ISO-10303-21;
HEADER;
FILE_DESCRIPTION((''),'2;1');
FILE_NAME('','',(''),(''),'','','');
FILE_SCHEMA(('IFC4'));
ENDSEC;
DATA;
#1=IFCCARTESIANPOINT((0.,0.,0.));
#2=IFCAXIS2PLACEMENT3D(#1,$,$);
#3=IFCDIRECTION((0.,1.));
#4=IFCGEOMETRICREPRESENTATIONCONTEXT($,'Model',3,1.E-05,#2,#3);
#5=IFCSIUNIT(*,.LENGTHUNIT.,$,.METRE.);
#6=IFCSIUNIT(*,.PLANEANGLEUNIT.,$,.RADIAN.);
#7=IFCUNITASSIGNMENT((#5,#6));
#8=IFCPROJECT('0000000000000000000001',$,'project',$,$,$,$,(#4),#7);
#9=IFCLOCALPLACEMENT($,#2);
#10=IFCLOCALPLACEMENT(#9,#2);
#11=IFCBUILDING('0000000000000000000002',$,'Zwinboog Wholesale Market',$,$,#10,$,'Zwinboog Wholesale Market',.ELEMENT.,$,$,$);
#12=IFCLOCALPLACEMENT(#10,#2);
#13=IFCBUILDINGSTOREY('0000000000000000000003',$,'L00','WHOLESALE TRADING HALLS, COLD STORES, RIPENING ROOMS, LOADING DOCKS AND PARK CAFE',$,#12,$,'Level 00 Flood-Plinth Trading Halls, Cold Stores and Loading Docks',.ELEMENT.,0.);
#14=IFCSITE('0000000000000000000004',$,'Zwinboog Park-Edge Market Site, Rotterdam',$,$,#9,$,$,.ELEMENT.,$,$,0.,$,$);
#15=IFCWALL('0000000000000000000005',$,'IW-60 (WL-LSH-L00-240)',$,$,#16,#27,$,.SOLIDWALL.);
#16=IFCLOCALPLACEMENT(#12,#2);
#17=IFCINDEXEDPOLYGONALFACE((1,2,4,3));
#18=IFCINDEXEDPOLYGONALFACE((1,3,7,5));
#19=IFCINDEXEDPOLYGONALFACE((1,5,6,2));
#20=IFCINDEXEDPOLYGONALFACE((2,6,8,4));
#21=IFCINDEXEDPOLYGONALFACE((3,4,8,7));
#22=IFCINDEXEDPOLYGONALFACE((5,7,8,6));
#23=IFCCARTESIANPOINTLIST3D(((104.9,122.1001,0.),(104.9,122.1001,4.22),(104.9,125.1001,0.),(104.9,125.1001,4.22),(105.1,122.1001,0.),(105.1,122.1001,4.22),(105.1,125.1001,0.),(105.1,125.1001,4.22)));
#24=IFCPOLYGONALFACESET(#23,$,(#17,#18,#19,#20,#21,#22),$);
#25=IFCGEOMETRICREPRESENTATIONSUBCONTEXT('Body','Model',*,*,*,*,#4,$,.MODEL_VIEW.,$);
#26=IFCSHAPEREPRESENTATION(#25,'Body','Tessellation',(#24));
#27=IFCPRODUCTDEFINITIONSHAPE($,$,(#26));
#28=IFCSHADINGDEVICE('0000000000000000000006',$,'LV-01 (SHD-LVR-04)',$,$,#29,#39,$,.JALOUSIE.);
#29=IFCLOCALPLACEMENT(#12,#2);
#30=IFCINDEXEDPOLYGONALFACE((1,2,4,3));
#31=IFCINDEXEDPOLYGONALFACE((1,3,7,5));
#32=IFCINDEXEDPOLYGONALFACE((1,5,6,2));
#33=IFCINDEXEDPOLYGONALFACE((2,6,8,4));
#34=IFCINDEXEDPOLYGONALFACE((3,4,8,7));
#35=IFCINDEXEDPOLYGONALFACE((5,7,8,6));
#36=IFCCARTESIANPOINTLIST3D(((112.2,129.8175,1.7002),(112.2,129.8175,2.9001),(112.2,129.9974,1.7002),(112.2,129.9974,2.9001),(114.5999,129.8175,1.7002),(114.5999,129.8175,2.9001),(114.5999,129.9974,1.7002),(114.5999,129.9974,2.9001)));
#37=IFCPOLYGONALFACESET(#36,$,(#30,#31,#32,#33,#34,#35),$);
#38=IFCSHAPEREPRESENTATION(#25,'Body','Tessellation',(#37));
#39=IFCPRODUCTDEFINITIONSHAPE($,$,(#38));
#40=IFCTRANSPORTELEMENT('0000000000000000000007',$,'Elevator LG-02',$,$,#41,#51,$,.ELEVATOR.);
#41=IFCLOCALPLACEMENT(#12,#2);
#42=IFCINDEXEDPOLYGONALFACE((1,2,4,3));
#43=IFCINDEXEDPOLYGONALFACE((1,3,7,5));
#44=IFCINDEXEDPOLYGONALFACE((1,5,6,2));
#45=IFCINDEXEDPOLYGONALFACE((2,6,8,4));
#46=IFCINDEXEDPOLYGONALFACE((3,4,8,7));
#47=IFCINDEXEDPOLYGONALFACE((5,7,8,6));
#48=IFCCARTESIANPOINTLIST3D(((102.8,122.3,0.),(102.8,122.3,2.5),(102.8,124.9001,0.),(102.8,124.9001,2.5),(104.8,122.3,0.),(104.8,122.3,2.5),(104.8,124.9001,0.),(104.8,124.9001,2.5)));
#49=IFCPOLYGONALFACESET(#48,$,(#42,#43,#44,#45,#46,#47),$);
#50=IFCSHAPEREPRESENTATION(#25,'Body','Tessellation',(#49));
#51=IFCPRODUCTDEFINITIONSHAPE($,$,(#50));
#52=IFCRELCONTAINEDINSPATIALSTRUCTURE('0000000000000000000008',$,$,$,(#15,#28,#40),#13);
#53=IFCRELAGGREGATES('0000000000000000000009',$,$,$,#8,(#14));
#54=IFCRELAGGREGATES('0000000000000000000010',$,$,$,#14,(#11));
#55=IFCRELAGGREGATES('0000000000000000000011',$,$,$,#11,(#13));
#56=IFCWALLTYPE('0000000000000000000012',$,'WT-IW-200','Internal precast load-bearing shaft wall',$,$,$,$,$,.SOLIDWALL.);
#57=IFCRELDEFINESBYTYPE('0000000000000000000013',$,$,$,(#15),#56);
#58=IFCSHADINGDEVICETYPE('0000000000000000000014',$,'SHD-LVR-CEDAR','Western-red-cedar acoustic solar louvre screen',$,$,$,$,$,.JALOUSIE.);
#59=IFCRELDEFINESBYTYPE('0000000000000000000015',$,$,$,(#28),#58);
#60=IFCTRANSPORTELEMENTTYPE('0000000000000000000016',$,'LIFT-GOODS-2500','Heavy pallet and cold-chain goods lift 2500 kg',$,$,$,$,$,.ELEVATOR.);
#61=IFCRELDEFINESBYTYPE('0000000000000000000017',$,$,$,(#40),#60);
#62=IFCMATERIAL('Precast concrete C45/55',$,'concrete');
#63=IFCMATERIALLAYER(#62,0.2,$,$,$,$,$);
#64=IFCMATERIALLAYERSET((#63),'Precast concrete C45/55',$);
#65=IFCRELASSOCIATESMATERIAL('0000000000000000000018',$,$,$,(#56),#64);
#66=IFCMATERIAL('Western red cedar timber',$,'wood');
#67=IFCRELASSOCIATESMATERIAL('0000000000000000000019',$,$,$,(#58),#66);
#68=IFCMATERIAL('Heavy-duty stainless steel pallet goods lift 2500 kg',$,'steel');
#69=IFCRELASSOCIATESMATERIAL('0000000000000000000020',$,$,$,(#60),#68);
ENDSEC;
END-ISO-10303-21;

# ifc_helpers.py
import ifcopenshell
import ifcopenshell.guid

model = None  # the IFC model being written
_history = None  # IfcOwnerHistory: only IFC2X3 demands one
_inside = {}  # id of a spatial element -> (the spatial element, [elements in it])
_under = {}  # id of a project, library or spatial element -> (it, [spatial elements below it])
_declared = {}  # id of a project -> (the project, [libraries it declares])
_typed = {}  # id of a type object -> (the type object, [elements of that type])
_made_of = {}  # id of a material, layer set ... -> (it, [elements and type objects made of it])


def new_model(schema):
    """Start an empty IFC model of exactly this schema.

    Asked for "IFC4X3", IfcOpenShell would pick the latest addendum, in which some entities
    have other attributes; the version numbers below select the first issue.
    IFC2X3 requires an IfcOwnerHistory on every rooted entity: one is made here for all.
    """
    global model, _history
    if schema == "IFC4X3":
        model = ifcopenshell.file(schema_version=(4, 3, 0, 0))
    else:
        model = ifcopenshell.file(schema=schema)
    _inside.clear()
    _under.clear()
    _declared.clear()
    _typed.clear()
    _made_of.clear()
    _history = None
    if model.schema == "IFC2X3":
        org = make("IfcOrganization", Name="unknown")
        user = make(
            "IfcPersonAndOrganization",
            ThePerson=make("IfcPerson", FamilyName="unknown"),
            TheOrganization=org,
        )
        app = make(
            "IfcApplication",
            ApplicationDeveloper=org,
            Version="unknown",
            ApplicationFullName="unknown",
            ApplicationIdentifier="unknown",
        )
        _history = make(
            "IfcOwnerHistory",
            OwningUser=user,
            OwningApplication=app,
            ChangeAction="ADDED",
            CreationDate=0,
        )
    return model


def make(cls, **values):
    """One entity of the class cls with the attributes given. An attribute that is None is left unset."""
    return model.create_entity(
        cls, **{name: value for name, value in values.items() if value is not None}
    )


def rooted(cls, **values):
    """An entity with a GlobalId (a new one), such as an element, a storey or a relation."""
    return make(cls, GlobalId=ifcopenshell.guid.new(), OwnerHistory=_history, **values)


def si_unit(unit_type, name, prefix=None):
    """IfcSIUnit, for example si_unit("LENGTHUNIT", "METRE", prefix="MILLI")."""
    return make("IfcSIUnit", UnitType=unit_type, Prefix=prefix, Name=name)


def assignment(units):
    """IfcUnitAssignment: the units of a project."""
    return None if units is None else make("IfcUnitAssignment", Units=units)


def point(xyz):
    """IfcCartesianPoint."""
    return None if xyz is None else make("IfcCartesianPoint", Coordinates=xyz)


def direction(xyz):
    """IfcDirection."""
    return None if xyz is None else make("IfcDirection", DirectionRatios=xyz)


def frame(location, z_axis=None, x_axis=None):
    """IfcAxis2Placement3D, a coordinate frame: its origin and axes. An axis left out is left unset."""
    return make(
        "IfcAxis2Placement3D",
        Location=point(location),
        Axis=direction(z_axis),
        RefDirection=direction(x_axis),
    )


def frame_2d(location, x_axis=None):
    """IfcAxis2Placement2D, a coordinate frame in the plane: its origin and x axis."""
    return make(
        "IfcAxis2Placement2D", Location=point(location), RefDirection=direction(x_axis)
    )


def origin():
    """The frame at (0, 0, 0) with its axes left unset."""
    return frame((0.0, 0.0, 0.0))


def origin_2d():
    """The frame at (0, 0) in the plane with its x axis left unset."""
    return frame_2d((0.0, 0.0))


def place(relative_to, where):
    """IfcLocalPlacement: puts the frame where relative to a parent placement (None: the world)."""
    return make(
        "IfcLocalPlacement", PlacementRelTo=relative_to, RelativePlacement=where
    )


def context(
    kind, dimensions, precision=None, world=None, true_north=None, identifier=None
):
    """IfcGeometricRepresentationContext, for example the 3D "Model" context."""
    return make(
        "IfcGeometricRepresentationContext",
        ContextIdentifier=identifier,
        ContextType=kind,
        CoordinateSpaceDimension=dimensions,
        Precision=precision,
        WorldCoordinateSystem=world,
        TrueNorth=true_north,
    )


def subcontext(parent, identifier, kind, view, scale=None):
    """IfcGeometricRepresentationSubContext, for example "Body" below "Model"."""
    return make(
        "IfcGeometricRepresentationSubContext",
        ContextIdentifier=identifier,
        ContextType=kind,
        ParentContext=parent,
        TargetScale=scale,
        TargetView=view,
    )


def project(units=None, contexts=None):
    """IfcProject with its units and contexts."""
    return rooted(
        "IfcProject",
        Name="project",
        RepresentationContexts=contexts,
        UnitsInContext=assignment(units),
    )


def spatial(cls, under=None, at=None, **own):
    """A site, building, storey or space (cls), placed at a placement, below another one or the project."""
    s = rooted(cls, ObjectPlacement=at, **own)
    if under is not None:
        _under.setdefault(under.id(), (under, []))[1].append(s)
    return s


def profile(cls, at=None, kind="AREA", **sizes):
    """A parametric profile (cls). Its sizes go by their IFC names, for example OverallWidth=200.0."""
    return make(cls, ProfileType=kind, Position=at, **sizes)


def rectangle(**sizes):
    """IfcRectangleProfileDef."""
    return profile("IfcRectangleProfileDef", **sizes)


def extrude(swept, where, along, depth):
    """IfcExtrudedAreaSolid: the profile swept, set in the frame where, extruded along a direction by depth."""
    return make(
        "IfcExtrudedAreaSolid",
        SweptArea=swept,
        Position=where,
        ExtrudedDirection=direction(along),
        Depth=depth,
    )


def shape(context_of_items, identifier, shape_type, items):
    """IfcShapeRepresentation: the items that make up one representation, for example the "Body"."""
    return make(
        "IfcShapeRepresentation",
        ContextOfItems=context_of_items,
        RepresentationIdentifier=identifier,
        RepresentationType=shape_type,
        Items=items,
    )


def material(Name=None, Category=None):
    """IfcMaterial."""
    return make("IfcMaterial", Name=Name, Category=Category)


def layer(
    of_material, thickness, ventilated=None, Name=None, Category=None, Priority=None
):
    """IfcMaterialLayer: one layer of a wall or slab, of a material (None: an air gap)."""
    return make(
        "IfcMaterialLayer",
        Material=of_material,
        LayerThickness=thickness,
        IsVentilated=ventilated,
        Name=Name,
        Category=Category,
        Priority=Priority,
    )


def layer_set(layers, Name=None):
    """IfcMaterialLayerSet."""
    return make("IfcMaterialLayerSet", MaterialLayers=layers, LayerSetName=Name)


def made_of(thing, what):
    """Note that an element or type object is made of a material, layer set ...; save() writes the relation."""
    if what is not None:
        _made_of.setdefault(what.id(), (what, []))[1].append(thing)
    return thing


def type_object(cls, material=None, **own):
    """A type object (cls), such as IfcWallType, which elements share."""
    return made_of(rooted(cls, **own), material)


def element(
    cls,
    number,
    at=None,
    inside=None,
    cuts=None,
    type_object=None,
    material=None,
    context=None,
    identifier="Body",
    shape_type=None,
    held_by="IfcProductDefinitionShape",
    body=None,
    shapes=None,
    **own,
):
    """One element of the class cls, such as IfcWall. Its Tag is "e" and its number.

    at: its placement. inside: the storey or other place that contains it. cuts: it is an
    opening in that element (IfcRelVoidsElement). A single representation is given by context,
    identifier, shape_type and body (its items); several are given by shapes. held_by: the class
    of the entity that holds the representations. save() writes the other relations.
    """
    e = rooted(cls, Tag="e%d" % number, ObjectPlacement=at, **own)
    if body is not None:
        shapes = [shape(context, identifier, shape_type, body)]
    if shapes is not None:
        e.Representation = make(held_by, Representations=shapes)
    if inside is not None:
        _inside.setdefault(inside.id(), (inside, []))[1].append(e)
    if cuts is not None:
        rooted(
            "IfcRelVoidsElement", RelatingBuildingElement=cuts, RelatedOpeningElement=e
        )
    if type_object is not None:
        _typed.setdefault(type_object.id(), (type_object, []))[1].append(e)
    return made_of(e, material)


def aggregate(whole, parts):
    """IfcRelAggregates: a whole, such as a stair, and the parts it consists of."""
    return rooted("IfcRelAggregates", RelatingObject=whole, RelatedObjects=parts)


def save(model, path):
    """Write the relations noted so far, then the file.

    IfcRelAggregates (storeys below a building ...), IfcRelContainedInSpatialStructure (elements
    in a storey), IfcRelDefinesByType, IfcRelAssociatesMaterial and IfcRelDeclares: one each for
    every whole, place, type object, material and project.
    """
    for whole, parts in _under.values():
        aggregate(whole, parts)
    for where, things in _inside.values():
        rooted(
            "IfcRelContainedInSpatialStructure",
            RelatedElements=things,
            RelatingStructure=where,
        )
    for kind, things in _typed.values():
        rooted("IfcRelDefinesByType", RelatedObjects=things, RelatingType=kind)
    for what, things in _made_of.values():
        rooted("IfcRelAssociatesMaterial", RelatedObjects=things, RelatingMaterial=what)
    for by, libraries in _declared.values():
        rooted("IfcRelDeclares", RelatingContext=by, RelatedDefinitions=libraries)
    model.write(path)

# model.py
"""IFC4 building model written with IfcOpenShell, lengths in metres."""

from ifc_helpers import new_model, si_unit, direction, frame, frame_2d, origin, origin_2d, place, context, subcontext, project, spatial, rectangle, extrude, material, layer, layer_set, type_object, element, save


model = new_model("IFC4")

# Units and contexts
model_context = context("Model", 3, precision=1e-05, world=origin(), true_north=direction((0.0, 1.0)))
body_context = subcontext(model_context, "Body", "Model", "MODEL_VIEW")
ifc_project = project(units=[si_unit("LENGTHUNIT", "METRE"), si_unit("PLANEANGLEUNIT", "RADIAN")], contexts=[model_context])

# Site, building, storey
site_placement = place(None, origin())
site = spatial("IfcSite", under=ifc_project, at=site_placement, Name="Zwinboog Park-Edge Market Site, Rotterdam", CompositionType="ELEMENT", RefElevation=0.0)
building_placement = place(site_placement, origin())
building = spatial("IfcBuilding", under=site, at=building_placement, Name="Zwinboog Wholesale Market", LongName="Zwinboog Wholesale Market", CompositionType="ELEMENT")
storey_placement = place(building_placement, origin())
storey = spatial("IfcBuildingStorey", under=building, at=storey_placement, Name="L00", Description="WHOLESALE TRADING HALLS, COLD STORES, RIPENING ROOMS, LOADING DOCKS AND PARK CAFE", LongName="Level 00 Flood-Plinth Trading Halls, Cold Stores and Loading Docks", CompositionType="ELEMENT", Elevation=0.0)

# Shared definitions
ifc_material_1 = material(Name="Precast concrete C45/55", Category="concrete")

# Shared definitions
ifc_layer_1 = layer(ifc_material_1, 0.2)
ifc_layer_set_1 = layer_set([ifc_layer_1], Name="Precast concrete C45/55")
wall_type_1 = type_object("IfcWallType", Name="WT-IW-200", Description="Internal precast load-bearing shaft wall", PredefinedType="SOLIDWALL", material=ifc_layer_set_1)

# Wall
for number, where, z_axis, x_axis, name in (
    (1, (105.0, 122.1001, 0.0), (0.0, 0.0, 1.0), (0.0, 1.0, 0.0), "IW-60 (WL-LSH-L00-240)"),
):
    element("IfcWall", number, at=place(storey_placement, frame(where, z_axis=z_axis, x_axis=x_axis)), inside=storey, type_object=wall_type_1, Name=name, PredefinedType="SOLIDWALL", context=body_context, shape_type="SweptSolid", body=[
        extrude(rectangle(XDim=3.0, YDim=0.2, at=frame_2d((1.5, 0.0))), origin(), (0.0, 0.0, 1.0), 4.22),
    ])

# Shading device
ifc_material_2 = material(Name="Western red cedar timber", Category="wood")
shading_device_type = type_object("IfcShadingDeviceType", Name="SHD-LVR-CEDAR", Description="Western-red-cedar acoustic solar louvre screen", PredefinedType="JALOUSIE", material=ifc_material_2)
shading_device_placement = place(storey_placement, frame((113.3999, 129.9075, 1.7002), z_axis=(0.0, 0.0, 1.0), x_axis=(1.0, 0.0, 0.0)))
element("IfcShadingDevice", 2, at=shading_device_placement, inside=storey, type_object=shading_device_type, Name="LV-01 (SHD-LVR-04)", PredefinedType="JALOUSIE", context=body_context, shape_type="SweptSolid", body=[
    extrude(rectangle(XDim=2.3999, YDim=0.1799, at=origin_2d()), origin(), (0.0, 0.0, 1.0), 1.2),
])

# Transport element
ifc_material_3 = material(Name="Heavy-duty stainless steel pallet goods lift 2500 kg", Category="steel")
transport_element_type = type_object("IfcTransportElementType", Name="LIFT-GOODS-2500", Description="Heavy pallet and cold-chain goods lift 2500 kg", PredefinedType="ELEVATOR", material=ifc_material_3)
transport_element_placement = place(storey_placement, frame((103.8, 123.6001, 0.0), z_axis=(0.0, 0.0, 1.0), x_axis=(1.0, 0.0, 0.0)))
element("IfcTransportElement", 3, at=transport_element_placement, inside=storey, type_object=transport_element_type, Name="Elevator LG-02", PredefinedType="ELEVATOR", context=body_context, shape_type="SweptSolid", body=[
    extrude(rectangle(XDim=2.0, YDim=2.6001, at=origin_2d()), origin(), (0.0, 0.0, 1.0), 2.5),
])

save(model, "model.ifc")
